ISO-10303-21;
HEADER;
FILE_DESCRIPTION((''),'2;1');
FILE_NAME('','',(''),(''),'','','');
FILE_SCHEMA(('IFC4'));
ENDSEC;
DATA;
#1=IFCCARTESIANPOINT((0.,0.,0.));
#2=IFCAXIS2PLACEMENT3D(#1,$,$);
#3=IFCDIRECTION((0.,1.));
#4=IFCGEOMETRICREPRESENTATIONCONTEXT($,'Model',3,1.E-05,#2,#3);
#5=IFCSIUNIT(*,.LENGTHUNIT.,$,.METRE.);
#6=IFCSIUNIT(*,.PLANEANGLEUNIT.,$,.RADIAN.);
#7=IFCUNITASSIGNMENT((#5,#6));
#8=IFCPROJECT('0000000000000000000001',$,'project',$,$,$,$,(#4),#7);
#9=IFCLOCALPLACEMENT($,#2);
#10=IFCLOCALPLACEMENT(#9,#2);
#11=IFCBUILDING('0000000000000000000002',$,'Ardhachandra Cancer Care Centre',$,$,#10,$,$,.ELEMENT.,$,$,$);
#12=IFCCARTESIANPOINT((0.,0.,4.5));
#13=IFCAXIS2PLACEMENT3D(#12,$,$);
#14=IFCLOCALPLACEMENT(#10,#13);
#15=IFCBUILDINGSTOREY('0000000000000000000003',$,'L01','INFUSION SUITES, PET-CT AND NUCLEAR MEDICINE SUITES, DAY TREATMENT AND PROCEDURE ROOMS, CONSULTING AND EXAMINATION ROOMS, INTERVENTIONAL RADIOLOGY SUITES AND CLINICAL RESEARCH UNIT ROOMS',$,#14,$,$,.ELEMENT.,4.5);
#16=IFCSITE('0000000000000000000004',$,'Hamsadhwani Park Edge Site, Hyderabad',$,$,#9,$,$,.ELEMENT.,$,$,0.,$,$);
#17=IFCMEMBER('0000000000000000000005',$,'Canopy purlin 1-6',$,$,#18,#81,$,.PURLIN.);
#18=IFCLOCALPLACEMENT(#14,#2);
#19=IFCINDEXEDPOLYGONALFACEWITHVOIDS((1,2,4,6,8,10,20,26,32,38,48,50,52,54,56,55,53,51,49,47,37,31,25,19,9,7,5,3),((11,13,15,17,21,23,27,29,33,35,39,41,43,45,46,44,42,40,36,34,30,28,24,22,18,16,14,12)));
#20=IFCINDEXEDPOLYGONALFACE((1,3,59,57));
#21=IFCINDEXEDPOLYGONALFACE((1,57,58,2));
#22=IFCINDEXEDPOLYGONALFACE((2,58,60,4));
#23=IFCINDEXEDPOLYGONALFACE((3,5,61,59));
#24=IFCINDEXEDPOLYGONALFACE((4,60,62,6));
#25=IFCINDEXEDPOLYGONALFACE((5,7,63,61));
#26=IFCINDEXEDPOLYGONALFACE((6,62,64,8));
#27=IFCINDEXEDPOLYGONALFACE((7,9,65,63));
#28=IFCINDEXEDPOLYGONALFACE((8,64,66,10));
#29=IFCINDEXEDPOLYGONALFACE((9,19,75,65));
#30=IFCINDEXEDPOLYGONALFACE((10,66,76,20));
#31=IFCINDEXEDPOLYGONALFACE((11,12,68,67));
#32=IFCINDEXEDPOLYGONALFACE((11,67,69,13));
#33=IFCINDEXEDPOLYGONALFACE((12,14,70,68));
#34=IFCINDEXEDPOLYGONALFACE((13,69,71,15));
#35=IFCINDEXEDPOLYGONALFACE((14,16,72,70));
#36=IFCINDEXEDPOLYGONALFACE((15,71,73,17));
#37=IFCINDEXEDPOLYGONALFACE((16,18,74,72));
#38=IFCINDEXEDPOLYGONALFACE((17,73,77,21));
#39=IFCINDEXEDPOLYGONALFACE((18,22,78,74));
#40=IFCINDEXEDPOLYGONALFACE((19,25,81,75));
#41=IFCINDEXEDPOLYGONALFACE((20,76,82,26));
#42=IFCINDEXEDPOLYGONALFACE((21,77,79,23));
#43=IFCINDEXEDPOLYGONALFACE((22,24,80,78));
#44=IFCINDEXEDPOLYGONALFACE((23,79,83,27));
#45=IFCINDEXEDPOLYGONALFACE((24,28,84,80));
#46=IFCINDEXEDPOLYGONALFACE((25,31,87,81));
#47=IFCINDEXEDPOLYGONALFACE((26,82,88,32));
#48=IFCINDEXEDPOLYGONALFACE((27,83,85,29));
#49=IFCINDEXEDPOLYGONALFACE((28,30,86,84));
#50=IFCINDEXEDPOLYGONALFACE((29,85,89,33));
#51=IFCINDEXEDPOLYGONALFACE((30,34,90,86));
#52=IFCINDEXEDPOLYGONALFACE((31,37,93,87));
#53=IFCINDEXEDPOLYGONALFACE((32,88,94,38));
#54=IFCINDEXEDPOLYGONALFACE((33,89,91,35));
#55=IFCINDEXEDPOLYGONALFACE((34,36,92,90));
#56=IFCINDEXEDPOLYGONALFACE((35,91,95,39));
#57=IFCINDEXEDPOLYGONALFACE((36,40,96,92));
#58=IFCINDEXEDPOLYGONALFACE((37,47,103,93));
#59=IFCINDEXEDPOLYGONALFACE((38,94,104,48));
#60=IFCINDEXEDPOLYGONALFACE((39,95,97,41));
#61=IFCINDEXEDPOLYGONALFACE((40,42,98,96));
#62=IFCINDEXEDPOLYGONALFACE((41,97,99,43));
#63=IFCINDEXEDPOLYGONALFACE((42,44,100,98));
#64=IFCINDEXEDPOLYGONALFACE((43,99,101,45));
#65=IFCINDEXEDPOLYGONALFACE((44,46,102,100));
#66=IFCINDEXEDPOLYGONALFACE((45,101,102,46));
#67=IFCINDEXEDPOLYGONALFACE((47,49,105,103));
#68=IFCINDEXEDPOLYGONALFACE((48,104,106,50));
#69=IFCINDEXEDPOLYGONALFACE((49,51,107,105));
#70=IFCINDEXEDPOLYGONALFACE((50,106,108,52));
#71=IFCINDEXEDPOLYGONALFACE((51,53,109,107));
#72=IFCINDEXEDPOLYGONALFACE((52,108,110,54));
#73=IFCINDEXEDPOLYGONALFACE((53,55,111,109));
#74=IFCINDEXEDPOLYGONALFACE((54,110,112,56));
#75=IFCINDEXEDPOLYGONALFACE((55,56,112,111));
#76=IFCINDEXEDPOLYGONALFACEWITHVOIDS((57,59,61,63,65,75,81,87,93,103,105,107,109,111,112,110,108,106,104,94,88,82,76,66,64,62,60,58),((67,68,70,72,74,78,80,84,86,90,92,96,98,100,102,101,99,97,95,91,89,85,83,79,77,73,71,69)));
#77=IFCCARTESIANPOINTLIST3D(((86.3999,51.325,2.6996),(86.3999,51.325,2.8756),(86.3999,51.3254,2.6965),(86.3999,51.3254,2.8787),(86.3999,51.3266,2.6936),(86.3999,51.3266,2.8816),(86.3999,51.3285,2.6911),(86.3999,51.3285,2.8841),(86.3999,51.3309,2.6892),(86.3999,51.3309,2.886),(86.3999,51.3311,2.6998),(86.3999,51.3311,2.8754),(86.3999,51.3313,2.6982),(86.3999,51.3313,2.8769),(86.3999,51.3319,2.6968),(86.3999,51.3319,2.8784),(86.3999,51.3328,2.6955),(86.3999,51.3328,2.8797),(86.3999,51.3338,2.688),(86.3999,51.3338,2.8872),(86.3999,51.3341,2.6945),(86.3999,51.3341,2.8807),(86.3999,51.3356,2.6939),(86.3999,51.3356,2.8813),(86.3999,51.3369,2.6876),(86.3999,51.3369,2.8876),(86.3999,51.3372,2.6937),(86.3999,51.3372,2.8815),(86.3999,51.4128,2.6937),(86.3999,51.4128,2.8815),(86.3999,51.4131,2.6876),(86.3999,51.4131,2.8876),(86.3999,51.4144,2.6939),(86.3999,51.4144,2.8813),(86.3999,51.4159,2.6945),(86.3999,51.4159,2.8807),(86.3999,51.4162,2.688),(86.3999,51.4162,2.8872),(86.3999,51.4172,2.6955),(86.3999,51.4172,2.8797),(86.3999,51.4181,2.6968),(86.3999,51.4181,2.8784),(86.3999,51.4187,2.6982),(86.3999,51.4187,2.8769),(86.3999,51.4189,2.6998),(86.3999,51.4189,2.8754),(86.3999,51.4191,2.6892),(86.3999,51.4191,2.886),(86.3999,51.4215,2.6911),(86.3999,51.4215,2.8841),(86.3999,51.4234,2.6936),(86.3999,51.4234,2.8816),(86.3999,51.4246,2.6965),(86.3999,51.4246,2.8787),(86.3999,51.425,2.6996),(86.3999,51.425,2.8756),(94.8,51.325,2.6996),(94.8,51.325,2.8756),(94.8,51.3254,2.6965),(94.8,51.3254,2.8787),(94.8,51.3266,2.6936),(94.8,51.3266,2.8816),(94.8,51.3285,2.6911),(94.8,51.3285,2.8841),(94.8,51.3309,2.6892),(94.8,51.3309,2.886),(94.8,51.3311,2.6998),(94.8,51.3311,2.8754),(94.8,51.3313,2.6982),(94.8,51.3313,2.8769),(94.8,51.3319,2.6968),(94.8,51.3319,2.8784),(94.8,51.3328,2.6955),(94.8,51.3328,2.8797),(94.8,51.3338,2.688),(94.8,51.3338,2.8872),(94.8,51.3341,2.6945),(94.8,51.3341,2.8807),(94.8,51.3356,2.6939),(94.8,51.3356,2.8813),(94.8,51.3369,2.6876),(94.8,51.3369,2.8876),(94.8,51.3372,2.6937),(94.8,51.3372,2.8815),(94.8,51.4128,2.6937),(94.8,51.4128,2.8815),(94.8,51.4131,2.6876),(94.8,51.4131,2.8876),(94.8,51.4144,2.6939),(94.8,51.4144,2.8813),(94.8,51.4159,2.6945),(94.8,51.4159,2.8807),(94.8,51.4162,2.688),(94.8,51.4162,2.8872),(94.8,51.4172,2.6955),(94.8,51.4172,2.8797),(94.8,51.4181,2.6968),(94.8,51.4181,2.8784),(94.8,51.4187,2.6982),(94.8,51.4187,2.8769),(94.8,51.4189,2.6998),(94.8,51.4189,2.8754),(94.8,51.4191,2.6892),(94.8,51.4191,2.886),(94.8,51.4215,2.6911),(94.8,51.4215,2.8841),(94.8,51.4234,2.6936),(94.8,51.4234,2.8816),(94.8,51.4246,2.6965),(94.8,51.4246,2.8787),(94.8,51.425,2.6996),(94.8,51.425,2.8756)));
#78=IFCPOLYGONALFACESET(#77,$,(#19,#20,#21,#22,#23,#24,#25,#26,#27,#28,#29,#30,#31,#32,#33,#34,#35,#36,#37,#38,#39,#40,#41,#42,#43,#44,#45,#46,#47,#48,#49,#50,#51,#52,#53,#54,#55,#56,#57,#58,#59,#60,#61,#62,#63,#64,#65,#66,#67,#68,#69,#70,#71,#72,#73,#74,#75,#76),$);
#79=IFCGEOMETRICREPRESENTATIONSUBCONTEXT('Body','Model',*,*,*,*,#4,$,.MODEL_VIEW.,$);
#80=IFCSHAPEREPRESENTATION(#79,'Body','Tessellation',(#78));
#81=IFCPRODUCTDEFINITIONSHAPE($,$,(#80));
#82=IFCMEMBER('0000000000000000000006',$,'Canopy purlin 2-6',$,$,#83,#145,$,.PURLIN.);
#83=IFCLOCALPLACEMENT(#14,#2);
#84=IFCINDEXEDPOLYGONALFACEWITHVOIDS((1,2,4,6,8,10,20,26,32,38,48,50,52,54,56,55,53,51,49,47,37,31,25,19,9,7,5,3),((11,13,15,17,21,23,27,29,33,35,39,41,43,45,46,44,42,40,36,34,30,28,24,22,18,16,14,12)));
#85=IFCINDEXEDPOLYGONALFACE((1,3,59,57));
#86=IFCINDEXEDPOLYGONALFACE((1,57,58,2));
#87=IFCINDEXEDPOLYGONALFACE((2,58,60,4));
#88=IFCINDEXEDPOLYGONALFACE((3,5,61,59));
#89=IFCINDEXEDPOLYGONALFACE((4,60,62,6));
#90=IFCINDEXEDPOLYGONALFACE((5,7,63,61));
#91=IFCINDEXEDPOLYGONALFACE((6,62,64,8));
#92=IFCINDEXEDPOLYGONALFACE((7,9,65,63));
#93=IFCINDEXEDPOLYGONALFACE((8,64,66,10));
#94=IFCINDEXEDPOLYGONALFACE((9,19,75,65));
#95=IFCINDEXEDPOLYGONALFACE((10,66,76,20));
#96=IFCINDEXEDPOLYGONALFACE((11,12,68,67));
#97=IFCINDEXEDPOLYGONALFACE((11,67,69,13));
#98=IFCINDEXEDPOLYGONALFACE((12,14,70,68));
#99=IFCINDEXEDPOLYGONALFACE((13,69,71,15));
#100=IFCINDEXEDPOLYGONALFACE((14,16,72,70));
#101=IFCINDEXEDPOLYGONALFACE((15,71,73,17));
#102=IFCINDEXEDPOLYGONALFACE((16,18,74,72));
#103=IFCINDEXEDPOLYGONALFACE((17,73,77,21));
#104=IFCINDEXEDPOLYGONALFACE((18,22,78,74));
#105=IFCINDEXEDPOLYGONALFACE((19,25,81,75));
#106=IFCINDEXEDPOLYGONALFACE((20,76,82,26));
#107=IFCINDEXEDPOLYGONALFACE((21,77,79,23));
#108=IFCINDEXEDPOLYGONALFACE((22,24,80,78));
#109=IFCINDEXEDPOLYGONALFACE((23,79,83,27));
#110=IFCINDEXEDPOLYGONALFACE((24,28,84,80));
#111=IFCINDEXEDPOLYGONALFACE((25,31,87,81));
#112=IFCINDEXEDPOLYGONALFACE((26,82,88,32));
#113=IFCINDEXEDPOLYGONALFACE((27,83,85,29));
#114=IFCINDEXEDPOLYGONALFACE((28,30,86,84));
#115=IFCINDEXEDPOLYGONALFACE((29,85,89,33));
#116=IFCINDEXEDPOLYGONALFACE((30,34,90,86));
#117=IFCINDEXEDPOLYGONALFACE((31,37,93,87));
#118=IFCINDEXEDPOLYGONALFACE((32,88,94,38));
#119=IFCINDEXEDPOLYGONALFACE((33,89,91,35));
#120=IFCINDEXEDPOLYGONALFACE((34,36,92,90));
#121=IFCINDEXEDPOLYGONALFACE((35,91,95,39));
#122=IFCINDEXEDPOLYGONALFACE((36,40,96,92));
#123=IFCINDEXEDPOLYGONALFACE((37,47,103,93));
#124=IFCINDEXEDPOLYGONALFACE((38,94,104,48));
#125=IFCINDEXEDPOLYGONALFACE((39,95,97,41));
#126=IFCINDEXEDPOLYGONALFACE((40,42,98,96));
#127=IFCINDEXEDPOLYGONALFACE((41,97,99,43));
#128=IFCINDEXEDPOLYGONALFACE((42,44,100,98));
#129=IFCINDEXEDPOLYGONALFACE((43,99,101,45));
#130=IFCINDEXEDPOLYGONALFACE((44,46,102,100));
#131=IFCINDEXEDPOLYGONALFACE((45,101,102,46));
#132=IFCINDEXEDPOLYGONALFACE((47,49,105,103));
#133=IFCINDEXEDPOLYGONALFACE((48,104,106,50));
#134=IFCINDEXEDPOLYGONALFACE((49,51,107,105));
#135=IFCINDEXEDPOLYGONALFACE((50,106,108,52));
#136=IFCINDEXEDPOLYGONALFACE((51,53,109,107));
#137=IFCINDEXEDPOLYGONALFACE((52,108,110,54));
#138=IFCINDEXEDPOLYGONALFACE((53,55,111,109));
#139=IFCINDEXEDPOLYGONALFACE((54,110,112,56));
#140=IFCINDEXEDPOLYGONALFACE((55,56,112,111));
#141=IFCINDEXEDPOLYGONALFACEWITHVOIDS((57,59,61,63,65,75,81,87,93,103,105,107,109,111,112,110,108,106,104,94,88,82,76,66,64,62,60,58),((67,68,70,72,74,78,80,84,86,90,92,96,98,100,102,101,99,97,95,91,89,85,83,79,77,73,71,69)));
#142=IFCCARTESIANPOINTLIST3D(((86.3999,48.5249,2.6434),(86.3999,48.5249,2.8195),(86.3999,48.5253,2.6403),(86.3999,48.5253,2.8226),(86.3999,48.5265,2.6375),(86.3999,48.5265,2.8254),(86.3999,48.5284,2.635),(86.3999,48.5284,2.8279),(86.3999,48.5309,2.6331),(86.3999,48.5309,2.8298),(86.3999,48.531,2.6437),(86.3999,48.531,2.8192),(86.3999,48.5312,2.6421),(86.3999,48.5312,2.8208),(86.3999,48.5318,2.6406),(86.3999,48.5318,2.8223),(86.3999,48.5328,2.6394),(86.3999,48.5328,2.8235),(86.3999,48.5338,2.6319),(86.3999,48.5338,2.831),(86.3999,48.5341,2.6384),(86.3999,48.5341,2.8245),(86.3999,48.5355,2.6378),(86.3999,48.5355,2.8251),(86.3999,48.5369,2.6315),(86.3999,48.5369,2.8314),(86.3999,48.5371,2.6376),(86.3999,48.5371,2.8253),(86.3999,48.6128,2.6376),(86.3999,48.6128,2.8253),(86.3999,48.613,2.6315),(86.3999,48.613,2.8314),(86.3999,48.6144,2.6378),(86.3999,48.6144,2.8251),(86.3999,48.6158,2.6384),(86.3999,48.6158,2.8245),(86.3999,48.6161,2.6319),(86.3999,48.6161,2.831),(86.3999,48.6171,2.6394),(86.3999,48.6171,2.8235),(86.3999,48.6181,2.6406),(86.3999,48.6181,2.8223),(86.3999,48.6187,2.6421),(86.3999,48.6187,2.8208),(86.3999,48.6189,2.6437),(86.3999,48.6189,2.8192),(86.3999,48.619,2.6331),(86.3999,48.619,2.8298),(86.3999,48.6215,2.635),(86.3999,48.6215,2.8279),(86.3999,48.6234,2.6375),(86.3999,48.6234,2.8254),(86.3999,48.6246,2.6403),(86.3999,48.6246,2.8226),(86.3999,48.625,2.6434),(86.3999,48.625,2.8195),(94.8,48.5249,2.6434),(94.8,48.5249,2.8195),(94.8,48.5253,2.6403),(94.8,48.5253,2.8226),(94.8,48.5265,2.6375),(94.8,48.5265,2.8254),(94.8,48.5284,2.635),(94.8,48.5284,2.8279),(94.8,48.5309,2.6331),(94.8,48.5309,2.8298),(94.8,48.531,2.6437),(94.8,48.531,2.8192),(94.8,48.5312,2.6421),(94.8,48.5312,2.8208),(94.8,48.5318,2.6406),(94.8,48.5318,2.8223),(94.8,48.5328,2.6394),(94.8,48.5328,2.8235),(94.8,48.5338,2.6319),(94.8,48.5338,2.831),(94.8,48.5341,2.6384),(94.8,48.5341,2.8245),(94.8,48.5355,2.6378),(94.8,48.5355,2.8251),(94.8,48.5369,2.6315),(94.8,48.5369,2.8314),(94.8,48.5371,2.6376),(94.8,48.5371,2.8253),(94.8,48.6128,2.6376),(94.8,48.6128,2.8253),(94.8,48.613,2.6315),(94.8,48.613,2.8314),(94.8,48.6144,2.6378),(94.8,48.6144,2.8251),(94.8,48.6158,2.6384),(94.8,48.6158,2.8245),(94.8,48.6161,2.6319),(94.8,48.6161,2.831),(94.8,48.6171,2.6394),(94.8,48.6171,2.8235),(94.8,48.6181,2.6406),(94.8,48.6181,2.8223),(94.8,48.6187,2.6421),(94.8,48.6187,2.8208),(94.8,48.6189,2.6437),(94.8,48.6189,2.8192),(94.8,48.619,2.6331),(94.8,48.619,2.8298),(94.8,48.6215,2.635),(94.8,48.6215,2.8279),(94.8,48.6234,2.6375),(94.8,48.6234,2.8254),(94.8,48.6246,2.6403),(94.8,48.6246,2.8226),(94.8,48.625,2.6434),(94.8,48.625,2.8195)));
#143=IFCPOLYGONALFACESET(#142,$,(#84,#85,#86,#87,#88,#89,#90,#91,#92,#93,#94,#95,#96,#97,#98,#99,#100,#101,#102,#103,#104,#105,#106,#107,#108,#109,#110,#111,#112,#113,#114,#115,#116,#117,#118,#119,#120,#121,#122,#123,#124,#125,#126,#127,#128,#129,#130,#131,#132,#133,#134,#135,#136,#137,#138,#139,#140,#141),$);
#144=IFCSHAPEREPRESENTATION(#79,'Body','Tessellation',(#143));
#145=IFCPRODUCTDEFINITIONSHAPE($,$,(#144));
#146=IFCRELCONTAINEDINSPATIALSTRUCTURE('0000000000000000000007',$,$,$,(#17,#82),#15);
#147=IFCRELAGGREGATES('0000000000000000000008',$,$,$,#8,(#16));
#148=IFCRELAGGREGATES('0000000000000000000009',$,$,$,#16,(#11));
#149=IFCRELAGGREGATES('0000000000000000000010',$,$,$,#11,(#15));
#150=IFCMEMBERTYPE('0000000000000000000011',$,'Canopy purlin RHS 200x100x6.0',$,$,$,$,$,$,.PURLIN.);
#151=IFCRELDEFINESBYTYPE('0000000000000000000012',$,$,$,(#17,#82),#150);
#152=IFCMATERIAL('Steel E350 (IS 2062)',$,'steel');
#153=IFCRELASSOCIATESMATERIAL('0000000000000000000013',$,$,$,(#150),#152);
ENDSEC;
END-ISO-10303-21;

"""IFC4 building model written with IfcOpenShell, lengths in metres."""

from ifc_helpers import new_model, si_unit, direction, frame, origin, origin_2d, place, context, subcontext, project, spatial, hollow_rectangle, extrude, material, material_profile, profile_set, type_object, element, save


model = new_model("IFC4")

# Units and contexts
model_context = context("Model", 3, precision=1e-05, world=origin(), true_north=direction((0.0, 1.0)))
body_context = subcontext(model_context, "Body", "Model", "MODEL_VIEW")
ifc_project = project(units=[si_unit("LENGTHUNIT", "METRE"), si_unit("PLANEANGLEUNIT", "RADIAN")], contexts=[model_context])

# Site, building, storey
site_placement = place(None, origin())
site = spatial("IfcSite", under=ifc_project, at=site_placement, Name="Hamsadhwani Park Edge Site, Hyderabad", CompositionType="ELEMENT", RefElevation=0.0)
building_placement = place(site_placement, origin())
building = spatial("IfcBuilding", under=site, at=building_placement, Name="Ardhachandra Cancer Care Centre", CompositionType="ELEMENT")
storey_placement = place(building_placement, frame((0.0, 0.0, 4.5)))
storey = spatial("IfcBuildingStorey", under=building, at=storey_placement, Name="L01", Description="INFUSION SUITES, PET-CT AND NUCLEAR MEDICINE SUITES, DAY TREATMENT AND PROCEDURE ROOMS, CONSULTING AND EXAMINATION ROOMS, INTERVENTIONAL RADIOLOGY SUITES AND CLINICAL RESEARCH UNIT ROOMS", CompositionType="ELEMENT", Elevation=4.5)

# Members
ifc_material_1 = material(Name="Steel E350 (IS 2062)", Category="steel")
ifc_material_profile_1 = material_profile(ifc_material_1, hollow_rectangle(XDim=0.1001, YDim=0.2, WallThickness=0.0061, InnerFilletRadius=0.0061, OuterFilletRadius=0.012, at=origin_2d()), Name="RHS 200x100x6.0")
ifc_profile_set_1 = profile_set([ifc_material_profile_1], Name="Steel E350 (IS 2062)")
member_type_1 = type_object("IfcMemberType", Name="Canopy purlin RHS 200x100x6.0", PredefinedType="PURLIN", material=ifc_profile_set_1)
for number, where, z_axis, x_axis, name in (
    (1, (86.3999, 51.375, 2.7876), (1.0, 0.0, 0.0), (0.0, 1.0, 0.0), "Canopy purlin 1-6"),
    (2, (86.3999, 48.575, 2.7314), (1.0, 0.0, 0.0), (0.0, 1.0, 0.0), "Canopy purlin 2-6"),
):
    element("IfcMember", number, at=place(storey_placement, frame(where, z_axis=z_axis, x_axis=x_axis)), inside=storey, type_object=member_type_1, Name=name, PredefinedType="PURLIN", context=body_context, shape_type="SweptSolid", body=[
        extrude(hollow_rectangle(XDim=0.1001, YDim=0.2, WallThickness=0.0061, InnerFilletRadius=0.0061, OuterFilletRadius=0.012, at=origin_2d()), origin(), (0.0, 0.0, 1.0), 8.4001),
    ])

save(model, "model.ifc")
